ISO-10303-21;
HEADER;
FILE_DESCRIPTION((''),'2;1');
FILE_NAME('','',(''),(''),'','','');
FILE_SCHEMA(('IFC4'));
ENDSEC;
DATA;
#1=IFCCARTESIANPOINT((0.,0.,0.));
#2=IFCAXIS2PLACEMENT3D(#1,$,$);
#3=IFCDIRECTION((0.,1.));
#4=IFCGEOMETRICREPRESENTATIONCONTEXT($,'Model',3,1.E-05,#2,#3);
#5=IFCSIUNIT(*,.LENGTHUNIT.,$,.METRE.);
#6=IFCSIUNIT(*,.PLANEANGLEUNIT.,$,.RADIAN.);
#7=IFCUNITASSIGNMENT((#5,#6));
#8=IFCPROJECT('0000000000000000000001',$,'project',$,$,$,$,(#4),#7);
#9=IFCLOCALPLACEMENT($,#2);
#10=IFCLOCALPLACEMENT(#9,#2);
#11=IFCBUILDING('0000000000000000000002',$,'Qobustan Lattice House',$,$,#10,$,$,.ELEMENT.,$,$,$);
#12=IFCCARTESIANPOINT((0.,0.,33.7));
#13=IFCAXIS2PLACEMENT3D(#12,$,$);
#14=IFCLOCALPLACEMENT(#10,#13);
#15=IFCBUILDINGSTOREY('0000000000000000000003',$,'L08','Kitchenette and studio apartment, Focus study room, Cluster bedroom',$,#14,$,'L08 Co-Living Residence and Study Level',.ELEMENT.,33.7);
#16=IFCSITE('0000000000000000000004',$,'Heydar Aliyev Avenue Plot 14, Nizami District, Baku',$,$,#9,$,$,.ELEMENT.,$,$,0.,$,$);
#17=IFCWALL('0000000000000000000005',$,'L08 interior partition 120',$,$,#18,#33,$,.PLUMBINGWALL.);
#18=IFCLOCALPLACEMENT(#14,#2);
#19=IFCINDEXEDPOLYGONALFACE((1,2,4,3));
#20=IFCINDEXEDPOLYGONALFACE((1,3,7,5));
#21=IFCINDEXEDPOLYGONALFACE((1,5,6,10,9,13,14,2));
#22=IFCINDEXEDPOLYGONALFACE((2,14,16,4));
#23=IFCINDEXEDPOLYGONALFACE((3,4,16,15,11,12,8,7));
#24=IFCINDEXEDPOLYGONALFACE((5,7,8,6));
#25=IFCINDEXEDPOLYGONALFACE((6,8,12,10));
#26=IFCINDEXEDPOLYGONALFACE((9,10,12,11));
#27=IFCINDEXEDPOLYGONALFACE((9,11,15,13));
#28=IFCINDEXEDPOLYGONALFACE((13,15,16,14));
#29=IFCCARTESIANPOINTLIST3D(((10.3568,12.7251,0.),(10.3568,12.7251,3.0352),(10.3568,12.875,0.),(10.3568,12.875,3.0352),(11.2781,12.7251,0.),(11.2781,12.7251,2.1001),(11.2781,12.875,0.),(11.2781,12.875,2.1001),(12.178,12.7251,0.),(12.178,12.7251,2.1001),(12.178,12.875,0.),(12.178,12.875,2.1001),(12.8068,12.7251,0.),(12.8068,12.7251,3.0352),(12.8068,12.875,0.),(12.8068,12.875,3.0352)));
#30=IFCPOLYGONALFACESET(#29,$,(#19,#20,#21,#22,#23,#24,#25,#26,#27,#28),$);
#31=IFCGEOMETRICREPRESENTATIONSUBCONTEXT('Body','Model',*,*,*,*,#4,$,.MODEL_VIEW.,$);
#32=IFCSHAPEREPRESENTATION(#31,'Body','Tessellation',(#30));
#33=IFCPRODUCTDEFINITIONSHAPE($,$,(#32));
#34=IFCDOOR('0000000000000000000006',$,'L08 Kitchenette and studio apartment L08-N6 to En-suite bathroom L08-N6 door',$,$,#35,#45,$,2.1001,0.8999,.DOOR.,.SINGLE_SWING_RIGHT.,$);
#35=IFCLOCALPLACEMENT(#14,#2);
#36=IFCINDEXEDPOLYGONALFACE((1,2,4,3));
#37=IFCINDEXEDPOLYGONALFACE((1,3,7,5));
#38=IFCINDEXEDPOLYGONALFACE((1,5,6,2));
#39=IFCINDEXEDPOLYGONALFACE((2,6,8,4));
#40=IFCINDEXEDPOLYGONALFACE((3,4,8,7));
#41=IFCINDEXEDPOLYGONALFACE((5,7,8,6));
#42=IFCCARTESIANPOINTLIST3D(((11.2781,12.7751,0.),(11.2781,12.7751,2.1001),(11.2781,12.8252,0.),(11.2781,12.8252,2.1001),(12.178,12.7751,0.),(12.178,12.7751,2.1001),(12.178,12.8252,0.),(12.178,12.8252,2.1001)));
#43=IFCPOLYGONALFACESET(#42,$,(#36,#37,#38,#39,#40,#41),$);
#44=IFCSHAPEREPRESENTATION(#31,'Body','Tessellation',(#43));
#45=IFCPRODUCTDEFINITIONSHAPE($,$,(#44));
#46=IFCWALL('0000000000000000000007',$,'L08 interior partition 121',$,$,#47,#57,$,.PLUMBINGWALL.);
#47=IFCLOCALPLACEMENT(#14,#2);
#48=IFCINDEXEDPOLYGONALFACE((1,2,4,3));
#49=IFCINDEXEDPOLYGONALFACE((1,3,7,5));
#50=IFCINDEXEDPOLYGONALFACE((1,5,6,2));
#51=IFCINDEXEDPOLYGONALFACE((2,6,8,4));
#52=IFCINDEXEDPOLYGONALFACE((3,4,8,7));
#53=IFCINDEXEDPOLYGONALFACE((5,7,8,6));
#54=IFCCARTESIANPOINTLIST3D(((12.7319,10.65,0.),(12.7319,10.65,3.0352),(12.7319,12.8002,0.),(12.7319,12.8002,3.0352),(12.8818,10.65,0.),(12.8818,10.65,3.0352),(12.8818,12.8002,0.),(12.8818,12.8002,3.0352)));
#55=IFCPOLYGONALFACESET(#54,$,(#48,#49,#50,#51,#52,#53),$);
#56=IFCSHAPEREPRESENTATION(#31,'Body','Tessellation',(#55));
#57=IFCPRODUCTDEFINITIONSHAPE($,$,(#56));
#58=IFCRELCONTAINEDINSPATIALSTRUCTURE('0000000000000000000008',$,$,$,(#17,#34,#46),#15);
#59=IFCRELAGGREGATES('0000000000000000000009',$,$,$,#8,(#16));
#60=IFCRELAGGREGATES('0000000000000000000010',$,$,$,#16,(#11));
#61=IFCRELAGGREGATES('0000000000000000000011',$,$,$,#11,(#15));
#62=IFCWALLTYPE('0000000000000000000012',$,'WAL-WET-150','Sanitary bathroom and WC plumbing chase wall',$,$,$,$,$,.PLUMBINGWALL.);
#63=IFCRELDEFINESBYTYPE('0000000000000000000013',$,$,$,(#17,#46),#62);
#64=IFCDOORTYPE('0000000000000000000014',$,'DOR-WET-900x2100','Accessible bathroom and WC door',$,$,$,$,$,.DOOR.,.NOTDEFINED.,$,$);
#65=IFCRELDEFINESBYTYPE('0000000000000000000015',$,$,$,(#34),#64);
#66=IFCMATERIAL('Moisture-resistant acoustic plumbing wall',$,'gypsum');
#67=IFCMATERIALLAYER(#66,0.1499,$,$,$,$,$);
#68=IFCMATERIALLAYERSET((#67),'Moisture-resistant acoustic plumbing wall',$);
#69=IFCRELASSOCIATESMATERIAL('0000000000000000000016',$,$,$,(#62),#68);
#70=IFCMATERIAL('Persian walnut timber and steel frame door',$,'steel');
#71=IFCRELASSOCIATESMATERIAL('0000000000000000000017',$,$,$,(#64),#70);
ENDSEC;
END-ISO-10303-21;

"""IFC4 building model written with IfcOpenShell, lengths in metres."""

from ifc_helpers import new_model, si_unit, direction, frame, frame_2d, origin, place, context, subcontext, project, spatial, rectangle, extrude, material, layer, layer_set, type_object, element, fill, save


model = new_model("IFC4")

# Units and contexts
model_context = context("Model", 3, precision=1e-05, world=origin(), true_north=direction((0.0, 1.0)))
body_context = subcontext(model_context, "Body", "Model", "MODEL_VIEW")
ifc_project = project(units=[si_unit("LENGTHUNIT", "METRE"), si_unit("PLANEANGLEUNIT", "RADIAN")], contexts=[model_context])

# Site, building, storey
site_placement = place(None, origin())
site = spatial("IfcSite", under=ifc_project, at=site_placement, Name="Heydar Aliyev Avenue Plot 14, Nizami District, Baku", CompositionType="ELEMENT", RefElevation=0.0)
building_placement = place(site_placement, origin())
building = spatial("IfcBuilding", under=site, at=building_placement, Name="Qobustan Lattice House", CompositionType="ELEMENT")
storey_placement = place(building_placement, frame((0.0, 0.0, 33.7)))
storey = spatial("IfcBuildingStorey", under=building, at=storey_placement, Name="L08", Description="Kitchenette and studio apartment, Focus study room, Cluster bedroom", LongName="L08 Co-Living Residence and Study Level", CompositionType="ELEMENT", Elevation=33.7)

# Shared definitions
ifc_material_1 = material(Name="Moisture-resistant acoustic plumbing wall", Category="gypsum")
ifc_layer_1 = layer(ifc_material_1, 0.1499)
ifc_layer_set_1 = layer_set([ifc_layer_1], Name="Moisture-resistant acoustic plumbing wall")
wall_type_1 = type_object("IfcWallType", Name="WAL-WET-150", Description="Sanitary bathroom and WC plumbing chase wall", PredefinedType="PLUMBINGWALL", material=ifc_layer_set_1)

# Shared definitions
ifc_material_2 = material(Name="Persian walnut timber and steel frame door", Category="steel")
door_type_1 = type_object("IfcDoorType", Name="DOR-WET-900x2100", Description="Accessible bathroom and WC door", OperationType="NOTDEFINED", PredefinedType="DOOR", material=ifc_material_2)

# Wall, opening, door
wall_1_placement = place(storey_placement, frame((12.8069, 12.8, 0.0), z_axis=(0.0, 0.0, 1.0), x_axis=(-1.0, 0.0, 0.0)))
wall_1 = element("IfcWall", 1, at=wall_1_placement, inside=storey, type_object=wall_type_1, Name="L08 interior partition 120", PredefinedType="PLUMBINGWALL", context=body_context, shape_type="SweptSolid", body=[
    extrude(rectangle(XDim=2.45, YDim=0.1499, at=frame_2d((1.2251, 0.0))), origin(), (0.0, 0.0, 1.0), 3.0352),
])
opening_1_placement = place(wall_1_placement, frame((0.6289, 0.0, 0.0)))
opening_1 = element("IfcOpeningElement", 2, at=opening_1_placement, cuts=wall_1, PredefinedType="OPENING", context=body_context, shape_type="SweptSolid", body=[
    extrude(rectangle(XDim=0.8999, YDim=2.1001, at=frame_2d((0.45, 1.05))), frame((0.0, 0.085, 0.0), z_axis=(0.0, -1.0, 0.0), x_axis=(1.0, 0.0, 0.0)), (0.0, 0.0, 1.0), 0.1699),
])
door_1_placement = place(opening_1_placement, origin())
door_1 = element("IfcDoor", 3, at=door_1_placement, inside=storey, type_object=door_type_1, Name="L08 Kitchenette and studio apartment L08-N6 to En-suite bathroom L08-N6 door", OperationType="SINGLE_SWING_RIGHT", OverallHeight=2.1001, OverallWidth=0.8999, PredefinedType="DOOR", context=body_context, shape_type="SweptSolid", body=[
    extrude(rectangle(XDim=0.8999, YDim=2.1001, at=frame_2d((0.45, 1.05))), frame((0.0, 0.0249, 0.0), z_axis=(0.0, -1.0, 0.0), x_axis=(1.0, 0.0, 0.0)), (0.0, 0.0, 1.0), 0.05),
])
fill(opening_1, door_1)

# Wall
wall_2_placement = place(storey_placement, frame((12.8069, 10.6499, 0.0), z_axis=(0.0, 0.0, 1.0), x_axis=(0.0, 1.0, 0.0)))
element("IfcWall", 4, at=wall_2_placement, inside=storey, type_object=wall_type_1, Name="L08 interior partition 121", PredefinedType="PLUMBINGWALL", context=body_context, shape_type="SweptSolid", body=[
    extrude(rectangle(XDim=2.1501, YDim=0.1499, at=frame_2d((1.0752, 0.0))), origin(), (0.0, 0.0, 1.0), 3.0352),
])

save(model, "model.ifc")
